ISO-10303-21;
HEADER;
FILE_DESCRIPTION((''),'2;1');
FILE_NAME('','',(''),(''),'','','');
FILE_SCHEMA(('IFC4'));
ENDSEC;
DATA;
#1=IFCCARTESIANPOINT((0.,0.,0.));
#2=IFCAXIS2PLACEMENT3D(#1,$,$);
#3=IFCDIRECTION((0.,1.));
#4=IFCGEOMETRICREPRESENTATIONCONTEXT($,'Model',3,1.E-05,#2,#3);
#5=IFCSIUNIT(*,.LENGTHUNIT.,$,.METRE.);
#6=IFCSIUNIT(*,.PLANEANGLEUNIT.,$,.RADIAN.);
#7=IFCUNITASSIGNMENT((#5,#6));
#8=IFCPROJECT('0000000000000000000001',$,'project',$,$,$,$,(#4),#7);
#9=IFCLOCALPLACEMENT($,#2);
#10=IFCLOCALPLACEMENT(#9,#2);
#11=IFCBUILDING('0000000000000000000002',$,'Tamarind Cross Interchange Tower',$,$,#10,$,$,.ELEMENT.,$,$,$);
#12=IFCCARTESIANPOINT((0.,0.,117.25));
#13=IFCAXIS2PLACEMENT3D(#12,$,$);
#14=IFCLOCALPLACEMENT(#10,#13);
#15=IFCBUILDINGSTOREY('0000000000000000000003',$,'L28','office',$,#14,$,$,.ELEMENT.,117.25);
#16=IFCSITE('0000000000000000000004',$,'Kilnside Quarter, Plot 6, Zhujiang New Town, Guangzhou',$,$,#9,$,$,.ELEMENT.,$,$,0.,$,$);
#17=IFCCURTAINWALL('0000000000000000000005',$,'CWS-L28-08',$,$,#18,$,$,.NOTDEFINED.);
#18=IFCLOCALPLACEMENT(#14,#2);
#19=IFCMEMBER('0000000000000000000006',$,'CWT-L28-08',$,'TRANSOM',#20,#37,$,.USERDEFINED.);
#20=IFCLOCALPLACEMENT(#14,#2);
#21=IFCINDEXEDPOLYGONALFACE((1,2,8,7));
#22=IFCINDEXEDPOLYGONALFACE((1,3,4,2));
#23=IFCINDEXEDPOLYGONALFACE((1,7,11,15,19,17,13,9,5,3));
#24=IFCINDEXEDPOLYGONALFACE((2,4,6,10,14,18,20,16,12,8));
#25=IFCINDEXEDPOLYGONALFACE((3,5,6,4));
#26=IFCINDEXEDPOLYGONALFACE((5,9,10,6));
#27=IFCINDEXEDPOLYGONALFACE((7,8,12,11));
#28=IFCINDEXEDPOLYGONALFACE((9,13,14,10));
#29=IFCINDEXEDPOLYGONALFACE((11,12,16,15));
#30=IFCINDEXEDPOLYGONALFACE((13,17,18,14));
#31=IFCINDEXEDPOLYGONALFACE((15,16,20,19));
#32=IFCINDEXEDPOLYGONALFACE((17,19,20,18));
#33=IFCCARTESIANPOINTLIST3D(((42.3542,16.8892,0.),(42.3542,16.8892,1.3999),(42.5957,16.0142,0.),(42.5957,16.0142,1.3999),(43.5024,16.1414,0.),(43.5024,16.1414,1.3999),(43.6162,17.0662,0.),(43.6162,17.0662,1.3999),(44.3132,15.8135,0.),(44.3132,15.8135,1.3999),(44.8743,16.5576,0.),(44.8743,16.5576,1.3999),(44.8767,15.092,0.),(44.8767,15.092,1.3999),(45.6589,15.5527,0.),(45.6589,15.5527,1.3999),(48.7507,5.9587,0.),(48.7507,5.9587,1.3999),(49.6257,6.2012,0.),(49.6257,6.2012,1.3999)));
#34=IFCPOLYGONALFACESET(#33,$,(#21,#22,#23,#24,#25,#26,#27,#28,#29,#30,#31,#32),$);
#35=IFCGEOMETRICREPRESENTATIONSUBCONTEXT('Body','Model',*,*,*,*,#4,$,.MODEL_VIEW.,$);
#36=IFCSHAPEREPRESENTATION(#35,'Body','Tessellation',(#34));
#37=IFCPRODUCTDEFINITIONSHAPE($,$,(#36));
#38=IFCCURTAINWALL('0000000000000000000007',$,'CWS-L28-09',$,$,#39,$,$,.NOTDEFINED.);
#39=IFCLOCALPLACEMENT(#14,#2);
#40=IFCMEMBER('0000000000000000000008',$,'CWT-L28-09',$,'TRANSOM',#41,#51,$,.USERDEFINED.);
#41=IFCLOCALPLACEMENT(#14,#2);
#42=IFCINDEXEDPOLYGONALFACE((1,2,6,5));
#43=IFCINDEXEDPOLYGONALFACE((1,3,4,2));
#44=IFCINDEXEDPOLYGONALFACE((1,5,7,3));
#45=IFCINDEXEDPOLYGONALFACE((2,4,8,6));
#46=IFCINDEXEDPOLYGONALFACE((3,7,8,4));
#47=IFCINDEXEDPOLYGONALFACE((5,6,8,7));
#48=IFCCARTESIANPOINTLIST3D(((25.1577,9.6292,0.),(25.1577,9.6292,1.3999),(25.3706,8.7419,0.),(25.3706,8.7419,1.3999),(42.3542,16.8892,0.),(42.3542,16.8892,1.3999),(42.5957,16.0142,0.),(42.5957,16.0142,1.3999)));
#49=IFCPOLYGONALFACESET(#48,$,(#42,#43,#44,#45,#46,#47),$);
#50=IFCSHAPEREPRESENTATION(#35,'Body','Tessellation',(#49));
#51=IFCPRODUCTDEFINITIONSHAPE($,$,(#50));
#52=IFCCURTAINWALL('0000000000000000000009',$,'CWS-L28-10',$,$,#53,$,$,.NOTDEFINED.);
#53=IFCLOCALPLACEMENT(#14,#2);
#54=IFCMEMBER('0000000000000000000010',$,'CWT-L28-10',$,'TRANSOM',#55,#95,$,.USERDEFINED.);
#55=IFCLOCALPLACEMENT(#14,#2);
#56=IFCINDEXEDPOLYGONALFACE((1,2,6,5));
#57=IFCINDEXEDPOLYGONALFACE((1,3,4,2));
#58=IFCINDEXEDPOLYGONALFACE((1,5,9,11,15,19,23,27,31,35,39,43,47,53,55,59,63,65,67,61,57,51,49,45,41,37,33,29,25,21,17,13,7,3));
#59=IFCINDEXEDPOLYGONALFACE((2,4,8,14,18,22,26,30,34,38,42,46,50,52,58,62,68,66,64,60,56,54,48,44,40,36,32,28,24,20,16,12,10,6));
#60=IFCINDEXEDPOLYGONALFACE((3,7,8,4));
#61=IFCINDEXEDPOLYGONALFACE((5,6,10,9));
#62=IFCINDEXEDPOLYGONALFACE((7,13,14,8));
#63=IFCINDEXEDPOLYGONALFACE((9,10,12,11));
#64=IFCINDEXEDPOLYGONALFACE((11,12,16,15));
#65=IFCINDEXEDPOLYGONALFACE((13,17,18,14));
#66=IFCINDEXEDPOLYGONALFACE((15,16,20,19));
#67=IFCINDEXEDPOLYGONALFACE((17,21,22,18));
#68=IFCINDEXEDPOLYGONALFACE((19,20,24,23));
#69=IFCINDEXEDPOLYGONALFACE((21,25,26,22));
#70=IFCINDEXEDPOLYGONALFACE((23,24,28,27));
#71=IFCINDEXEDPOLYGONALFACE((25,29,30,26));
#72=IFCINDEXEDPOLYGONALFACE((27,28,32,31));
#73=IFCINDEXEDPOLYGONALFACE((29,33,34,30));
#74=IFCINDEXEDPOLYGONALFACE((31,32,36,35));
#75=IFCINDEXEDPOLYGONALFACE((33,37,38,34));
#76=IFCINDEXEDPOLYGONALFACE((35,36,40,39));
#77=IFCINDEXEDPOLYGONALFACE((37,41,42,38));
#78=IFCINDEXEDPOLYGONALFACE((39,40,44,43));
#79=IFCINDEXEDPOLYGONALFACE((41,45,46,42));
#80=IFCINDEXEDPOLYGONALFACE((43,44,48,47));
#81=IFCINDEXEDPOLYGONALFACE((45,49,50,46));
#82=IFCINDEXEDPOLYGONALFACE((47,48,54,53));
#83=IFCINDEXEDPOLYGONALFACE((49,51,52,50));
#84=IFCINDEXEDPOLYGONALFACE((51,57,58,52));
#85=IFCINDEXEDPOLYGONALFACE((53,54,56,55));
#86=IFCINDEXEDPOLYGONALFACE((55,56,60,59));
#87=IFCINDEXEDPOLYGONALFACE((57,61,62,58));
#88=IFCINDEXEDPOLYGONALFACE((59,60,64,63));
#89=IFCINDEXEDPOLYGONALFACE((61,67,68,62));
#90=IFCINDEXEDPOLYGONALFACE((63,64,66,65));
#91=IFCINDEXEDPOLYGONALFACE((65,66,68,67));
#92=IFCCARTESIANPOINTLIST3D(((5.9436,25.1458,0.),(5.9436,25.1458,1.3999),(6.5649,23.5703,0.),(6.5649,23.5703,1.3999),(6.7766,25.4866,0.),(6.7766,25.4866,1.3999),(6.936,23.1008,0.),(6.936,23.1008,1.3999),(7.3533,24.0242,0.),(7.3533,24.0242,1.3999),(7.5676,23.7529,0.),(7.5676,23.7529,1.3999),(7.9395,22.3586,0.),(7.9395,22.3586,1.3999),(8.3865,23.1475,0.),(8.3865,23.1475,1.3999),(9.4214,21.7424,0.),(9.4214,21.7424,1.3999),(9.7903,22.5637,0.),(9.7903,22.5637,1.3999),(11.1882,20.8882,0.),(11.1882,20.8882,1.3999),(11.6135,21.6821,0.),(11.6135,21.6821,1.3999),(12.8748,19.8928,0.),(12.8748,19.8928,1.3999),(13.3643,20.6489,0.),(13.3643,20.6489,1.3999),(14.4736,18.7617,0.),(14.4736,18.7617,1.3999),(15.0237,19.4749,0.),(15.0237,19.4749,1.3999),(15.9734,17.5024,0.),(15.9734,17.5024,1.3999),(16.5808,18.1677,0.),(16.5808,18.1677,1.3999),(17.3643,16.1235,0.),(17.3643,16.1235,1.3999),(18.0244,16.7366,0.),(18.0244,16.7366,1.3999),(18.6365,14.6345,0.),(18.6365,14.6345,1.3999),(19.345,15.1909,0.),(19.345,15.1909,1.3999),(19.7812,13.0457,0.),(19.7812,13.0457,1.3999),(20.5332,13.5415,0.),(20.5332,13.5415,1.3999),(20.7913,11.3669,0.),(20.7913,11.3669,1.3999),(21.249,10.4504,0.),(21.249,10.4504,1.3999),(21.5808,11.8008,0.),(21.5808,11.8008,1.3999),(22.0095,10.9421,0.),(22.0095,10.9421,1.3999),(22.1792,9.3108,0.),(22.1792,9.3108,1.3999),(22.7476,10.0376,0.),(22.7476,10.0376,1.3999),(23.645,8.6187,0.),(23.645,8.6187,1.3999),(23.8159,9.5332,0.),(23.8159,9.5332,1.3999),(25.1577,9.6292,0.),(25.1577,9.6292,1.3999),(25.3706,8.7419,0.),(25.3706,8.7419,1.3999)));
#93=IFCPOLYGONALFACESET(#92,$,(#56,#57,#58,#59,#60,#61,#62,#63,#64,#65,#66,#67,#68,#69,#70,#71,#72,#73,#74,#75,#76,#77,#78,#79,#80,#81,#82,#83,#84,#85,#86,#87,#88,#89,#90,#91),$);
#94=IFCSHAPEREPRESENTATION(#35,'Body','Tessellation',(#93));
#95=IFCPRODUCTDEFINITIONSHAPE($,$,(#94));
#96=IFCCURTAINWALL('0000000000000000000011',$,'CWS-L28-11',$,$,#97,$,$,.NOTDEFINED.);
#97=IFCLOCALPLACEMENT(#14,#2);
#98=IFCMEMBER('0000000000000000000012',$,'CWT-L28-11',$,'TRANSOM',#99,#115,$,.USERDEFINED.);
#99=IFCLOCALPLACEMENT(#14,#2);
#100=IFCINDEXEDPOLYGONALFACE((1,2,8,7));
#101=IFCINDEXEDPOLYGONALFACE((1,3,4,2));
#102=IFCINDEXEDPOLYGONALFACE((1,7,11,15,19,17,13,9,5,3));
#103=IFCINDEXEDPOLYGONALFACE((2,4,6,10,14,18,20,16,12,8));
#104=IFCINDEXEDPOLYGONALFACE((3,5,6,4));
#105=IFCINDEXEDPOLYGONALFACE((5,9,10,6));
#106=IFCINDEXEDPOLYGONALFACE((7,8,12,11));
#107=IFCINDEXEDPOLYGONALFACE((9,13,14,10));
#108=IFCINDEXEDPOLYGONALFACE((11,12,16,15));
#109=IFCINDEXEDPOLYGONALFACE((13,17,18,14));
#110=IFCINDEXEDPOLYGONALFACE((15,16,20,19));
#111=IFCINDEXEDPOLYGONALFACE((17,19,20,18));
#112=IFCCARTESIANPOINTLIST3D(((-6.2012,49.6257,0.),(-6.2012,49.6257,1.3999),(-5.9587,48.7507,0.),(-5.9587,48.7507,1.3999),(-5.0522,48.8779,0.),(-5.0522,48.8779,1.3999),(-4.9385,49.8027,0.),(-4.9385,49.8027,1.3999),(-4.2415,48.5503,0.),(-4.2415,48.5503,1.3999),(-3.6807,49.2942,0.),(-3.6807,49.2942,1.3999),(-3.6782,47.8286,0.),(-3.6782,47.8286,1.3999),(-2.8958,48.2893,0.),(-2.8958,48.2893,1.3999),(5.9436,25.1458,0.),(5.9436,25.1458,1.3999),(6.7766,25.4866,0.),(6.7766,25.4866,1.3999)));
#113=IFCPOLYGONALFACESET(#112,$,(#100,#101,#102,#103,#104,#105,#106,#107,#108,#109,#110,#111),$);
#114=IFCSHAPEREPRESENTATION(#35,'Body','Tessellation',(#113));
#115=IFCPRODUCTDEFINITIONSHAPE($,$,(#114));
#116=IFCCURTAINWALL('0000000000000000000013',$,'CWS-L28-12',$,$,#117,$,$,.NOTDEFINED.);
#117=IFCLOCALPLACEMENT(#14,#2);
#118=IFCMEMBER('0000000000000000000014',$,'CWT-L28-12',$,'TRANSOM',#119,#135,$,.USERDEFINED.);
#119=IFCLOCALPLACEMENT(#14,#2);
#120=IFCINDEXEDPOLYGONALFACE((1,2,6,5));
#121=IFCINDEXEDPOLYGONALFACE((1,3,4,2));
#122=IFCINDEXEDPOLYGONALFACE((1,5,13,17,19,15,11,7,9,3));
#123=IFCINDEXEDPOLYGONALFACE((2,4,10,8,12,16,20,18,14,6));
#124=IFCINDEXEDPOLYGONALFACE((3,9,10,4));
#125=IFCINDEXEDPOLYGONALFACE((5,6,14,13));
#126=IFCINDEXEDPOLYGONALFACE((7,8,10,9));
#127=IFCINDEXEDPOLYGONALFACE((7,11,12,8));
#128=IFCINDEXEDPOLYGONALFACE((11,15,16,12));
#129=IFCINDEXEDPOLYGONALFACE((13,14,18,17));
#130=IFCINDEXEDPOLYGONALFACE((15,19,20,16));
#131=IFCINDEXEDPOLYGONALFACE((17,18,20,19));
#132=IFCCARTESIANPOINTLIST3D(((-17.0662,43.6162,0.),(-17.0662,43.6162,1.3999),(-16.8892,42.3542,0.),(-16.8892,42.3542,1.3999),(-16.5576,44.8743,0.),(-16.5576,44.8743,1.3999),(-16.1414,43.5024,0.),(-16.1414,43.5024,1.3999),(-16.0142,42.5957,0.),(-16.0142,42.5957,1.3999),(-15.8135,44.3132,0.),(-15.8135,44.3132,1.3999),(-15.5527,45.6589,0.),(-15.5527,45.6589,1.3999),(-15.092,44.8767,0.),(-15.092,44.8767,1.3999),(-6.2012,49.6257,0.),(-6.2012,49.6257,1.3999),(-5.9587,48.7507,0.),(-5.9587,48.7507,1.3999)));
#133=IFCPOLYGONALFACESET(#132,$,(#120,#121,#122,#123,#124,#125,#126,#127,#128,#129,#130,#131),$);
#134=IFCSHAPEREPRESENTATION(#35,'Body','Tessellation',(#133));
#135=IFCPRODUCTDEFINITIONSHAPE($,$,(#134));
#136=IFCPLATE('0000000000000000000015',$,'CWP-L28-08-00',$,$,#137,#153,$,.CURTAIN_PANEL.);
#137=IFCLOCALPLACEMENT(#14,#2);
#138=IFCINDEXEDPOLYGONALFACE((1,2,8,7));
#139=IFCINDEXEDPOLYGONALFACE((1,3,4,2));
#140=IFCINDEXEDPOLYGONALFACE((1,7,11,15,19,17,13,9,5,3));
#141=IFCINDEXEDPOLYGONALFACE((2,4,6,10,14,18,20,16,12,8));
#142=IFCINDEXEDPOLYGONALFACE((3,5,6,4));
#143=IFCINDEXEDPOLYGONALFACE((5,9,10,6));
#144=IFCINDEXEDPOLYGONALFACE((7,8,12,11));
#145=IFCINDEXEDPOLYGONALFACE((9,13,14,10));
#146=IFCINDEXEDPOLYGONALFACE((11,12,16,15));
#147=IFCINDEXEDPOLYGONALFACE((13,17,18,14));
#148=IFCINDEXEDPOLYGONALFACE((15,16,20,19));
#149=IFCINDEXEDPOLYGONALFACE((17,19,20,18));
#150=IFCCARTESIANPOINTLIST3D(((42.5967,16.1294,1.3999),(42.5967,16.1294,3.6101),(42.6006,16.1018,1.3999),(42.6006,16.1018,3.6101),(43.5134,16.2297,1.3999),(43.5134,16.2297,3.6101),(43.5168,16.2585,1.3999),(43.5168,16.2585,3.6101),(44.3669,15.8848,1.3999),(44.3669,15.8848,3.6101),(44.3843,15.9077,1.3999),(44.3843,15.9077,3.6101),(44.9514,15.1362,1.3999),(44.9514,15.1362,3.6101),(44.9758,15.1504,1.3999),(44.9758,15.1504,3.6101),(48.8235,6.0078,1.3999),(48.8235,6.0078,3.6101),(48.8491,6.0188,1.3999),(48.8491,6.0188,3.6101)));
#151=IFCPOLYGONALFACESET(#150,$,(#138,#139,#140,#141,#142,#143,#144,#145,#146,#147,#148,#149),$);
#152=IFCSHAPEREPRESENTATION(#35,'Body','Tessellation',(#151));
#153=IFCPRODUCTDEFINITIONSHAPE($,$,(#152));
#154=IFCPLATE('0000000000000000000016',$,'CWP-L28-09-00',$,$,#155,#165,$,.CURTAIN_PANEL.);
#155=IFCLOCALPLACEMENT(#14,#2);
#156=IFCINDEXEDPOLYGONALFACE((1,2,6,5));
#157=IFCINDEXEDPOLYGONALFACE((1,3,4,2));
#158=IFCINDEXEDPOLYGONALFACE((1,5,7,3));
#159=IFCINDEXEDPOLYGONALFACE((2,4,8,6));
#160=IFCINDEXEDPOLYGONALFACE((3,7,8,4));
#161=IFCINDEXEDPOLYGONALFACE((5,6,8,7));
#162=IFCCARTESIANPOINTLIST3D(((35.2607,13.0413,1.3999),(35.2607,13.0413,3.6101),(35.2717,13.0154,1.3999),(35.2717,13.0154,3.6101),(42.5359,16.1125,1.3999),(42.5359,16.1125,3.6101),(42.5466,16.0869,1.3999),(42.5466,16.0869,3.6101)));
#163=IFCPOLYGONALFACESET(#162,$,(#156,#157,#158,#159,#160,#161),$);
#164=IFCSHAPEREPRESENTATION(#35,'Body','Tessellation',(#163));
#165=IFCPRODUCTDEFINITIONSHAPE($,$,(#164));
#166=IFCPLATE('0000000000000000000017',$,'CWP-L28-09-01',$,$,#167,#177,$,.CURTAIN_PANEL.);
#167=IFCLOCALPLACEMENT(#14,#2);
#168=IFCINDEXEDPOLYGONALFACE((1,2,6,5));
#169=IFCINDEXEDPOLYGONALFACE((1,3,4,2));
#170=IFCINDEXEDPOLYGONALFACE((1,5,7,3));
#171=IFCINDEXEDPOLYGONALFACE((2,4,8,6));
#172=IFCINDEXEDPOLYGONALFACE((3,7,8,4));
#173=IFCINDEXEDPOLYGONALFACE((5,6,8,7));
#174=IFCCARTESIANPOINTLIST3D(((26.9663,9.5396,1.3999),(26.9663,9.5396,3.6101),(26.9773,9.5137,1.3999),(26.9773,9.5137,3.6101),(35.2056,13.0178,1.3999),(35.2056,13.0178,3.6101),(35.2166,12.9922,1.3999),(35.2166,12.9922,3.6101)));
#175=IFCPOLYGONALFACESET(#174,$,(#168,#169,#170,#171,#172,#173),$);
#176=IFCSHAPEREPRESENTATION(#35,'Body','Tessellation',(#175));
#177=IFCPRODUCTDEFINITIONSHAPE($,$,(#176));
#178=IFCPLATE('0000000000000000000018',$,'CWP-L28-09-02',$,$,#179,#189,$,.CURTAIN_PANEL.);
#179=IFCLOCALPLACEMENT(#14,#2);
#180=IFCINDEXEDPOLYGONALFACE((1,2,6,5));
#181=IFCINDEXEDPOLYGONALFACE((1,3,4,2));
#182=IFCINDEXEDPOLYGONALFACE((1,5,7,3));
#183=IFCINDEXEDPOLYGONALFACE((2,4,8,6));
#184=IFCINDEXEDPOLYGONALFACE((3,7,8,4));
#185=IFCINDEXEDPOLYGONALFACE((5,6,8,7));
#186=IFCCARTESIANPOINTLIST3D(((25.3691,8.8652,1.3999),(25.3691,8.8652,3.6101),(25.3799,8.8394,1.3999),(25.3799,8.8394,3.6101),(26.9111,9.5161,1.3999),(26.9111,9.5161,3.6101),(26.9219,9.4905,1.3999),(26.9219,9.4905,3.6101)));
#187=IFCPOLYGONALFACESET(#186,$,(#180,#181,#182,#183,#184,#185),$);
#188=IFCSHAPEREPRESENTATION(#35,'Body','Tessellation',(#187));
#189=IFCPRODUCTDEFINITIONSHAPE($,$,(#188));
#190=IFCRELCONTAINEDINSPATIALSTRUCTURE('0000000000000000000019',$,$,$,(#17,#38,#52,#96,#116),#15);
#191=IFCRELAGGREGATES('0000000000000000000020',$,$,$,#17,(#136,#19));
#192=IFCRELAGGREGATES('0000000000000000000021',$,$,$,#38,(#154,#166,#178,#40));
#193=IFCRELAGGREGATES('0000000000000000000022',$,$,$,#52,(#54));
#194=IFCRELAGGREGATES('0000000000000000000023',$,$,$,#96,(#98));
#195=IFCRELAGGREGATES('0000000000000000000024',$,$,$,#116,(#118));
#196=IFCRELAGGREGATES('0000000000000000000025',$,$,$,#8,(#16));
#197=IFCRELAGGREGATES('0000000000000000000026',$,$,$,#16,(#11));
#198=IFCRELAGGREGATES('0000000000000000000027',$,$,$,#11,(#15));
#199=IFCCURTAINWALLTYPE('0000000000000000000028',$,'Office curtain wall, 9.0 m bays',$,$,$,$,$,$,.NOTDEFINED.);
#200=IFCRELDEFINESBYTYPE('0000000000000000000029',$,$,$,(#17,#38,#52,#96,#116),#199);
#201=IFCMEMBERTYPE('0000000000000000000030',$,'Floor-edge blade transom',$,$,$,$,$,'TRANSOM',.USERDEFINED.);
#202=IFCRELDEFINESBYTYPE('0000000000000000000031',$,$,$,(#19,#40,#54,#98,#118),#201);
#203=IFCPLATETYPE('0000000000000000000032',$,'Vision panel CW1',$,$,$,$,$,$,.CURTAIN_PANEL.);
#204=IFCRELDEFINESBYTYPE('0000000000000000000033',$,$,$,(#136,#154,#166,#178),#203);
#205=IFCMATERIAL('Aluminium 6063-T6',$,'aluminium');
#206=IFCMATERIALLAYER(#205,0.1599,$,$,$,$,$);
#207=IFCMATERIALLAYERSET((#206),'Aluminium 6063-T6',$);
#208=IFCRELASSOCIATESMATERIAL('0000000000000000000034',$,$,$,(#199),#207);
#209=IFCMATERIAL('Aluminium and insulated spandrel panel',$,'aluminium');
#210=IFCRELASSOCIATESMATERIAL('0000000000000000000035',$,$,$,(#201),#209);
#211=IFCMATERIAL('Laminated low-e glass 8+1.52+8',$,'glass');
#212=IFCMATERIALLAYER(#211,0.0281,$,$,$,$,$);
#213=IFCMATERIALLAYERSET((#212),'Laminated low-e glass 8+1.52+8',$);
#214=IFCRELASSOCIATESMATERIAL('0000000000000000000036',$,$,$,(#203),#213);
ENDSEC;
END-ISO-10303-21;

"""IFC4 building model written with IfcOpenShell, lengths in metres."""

from ifc_helpers import new_model, si_unit, direction, frame, origin, place, context, subcontext, project, spatial, polyline, outline, extrude, material, layer, layer_set, type_object, element, aggregate, save


model = new_model("IFC4")

# Units and contexts
model_context = context("Model", 3, precision=1e-05, world=origin(), true_north=direction((0.0, 1.0)))
body_context = subcontext(model_context, "Body", "Model", "MODEL_VIEW")
ifc_project = project(units=[si_unit("LENGTHUNIT", "METRE"), si_unit("PLANEANGLEUNIT", "RADIAN")], contexts=[model_context])

# Site, building, storey
site_placement = place(None, origin())
site = spatial("IfcSite", under=ifc_project, at=site_placement, Name="Kilnside Quarter, Plot 6, Zhujiang New Town, Guangzhou", CompositionType="ELEMENT", RefElevation=0.0)
building_placement = place(site_placement, origin())
building = spatial("IfcBuilding", under=site, at=building_placement, Name="Tamarind Cross Interchange Tower", CompositionType="ELEMENT")
storey_placement = place(building_placement, frame((0.0, 0.0, 117.25)))
storey = spatial("IfcBuildingStorey", under=building, at=storey_placement, Name="L28", Description="office", CompositionType="ELEMENT", Elevation=117.25)

# Curtain walls, members
ifc_material_1 = material(Name="Aluminium 6063-T6", Category="aluminium")
ifc_layer_1 = layer(ifc_material_1, 0.1599)
ifc_layer_set_1 = layer_set([ifc_layer_1], Name="Aluminium 6063-T6")
curtain_wall_type = type_object("IfcCurtainWallType", Name="Office curtain wall, 9.0 m bays", PredefinedType="NOTDEFINED", material=ifc_layer_set_1)
curtain_wall_1_placement = place(storey_placement, origin())
curtain_wall_1 = element("IfcCurtainWall", 1, at=curtain_wall_1_placement, inside=storey, type_object=curtain_wall_type, Name="CWS-L28-08", PredefinedType="NOTDEFINED")
ifc_material_2 = material(Name="Aluminium and insulated spandrel panel", Category="aluminium")
member_type = type_object("IfcMemberType", Name="Floor-edge blade transom", ElementType="TRANSOM", PredefinedType="USERDEFINED", material=ifc_material_2)
member_1_placement = place(storey_placement, origin())
member_1 = element("IfcMember", 2, at=member_1_placement, type_object=member_type, Name="CWT-L28-08", ObjectType="TRANSOM", PredefinedType="USERDEFINED", context=body_context, shape_type="SweptSolid", body=[
    extrude(outline(polyline([(48.7507, 5.9587), (44.8767, 15.092), (44.3132, 15.8135), (43.5024, 16.1414), (42.5957, 16.0142), (42.3542, 16.8892), (43.6162, 17.0662), (44.8743, 16.5576), (45.6589, 15.5527), (49.6257, 6.2012), (48.7507, 5.9587)])), origin(), (0.0, 0.0, 1.0), 1.3999),
])
curtain_wall_2_placement = place(storey_placement, origin())
curtain_wall_2 = element("IfcCurtainWall", 3, at=curtain_wall_2_placement, inside=storey, type_object=curtain_wall_type, Name="CWS-L28-09", PredefinedType="NOTDEFINED")
member_2_placement = place(storey_placement, origin())
member_2 = element("IfcMember", 4, at=member_2_placement, type_object=member_type, Name="CWT-L28-09", ObjectType="TRANSOM", PredefinedType="USERDEFINED", context=body_context, shape_type="SweptSolid", body=[
    extrude(outline(polyline([(42.5957, 16.0142), (25.3706, 8.7419), (25.1577, 9.6292), (42.3542, 16.8892), (42.5957, 16.0142)])), origin(), (0.0, 0.0, 1.0), 1.3999),
])
curtain_wall_3_placement = place(storey_placement, origin())
curtain_wall_3 = element("IfcCurtainWall", 5, at=curtain_wall_3_placement, inside=storey, type_object=curtain_wall_type, Name="CWS-L28-10", PredefinedType="NOTDEFINED")
member_3_placement = place(storey_placement, origin())
member_3 = element("IfcMember", 6, at=member_3_placement, type_object=member_type, Name="CWT-L28-10", ObjectType="TRANSOM", PredefinedType="USERDEFINED", context=body_context, shape_type="SweptSolid", body=[
    extrude(outline(polyline([(25.3706, 8.7419), (23.645, 8.6187), (22.1792, 9.3108), (21.249, 10.4504), (20.7913, 11.3669), (19.7812, 13.0457), (18.6365, 14.6345), (17.3643, 16.1235), (15.9734, 17.5024), (14.4736, 18.7617), (12.8748, 19.8928), (11.1882, 20.8882), (9.4214, 21.7424), (7.9395, 22.3586), (6.936, 23.1008), (6.5649, 23.5703), (5.9436, 25.1458), (6.7766, 25.4866), (7.3533, 24.0242), (7.5676, 23.7529), (8.3865, 23.1475), (9.7903, 22.5637), (11.6135, 21.6821), (13.3643, 20.6489), (15.0237, 19.4749), (16.5808, 18.1677), (18.0244, 16.7366), (19.345, 15.1909), (20.5332, 13.5415), (21.5808, 11.8008), (22.0095, 10.9421), (22.7476, 10.0376), (23.8159, 9.5332), (25.1577, 9.6292), (25.3706, 8.7419)])), origin(), (0.0, 0.0, 1.0), 1.3999),
])
curtain_wall_4_placement = place(storey_placement, origin())
curtain_wall_4 = element("IfcCurtainWall", 7, at=curtain_wall_4_placement, inside=storey, type_object=curtain_wall_type, Name="CWS-L28-11", PredefinedType="NOTDEFINED")
member_4_placement = place(storey_placement, origin())
member_4 = element("IfcMember", 8, at=member_4_placement, type_object=member_type, Name="CWT-L28-11", ObjectType="TRANSOM", PredefinedType="USERDEFINED", context=body_context, shape_type="SweptSolid", body=[
    extrude(outline(polyline([(5.9436, 25.1458), (-3.6782, 47.8286), (-4.2415, 48.5503), (-5.0522, 48.8779), (-5.9587, 48.7507), (-6.2012, 49.6257), (-4.9385, 49.8027), (-3.6807, 49.2942), (-2.8958, 48.2893), (6.7766, 25.4866), (5.9436, 25.1458)])), origin(), (0.0, 0.0, 1.0), 1.3999),
])
curtain_wall_5_placement = place(storey_placement, origin())
curtain_wall_5 = element("IfcCurtainWall", 9, at=curtain_wall_5_placement, inside=storey, type_object=curtain_wall_type, Name="CWS-L28-12", PredefinedType="NOTDEFINED")
member_5_placement = place(storey_placement, origin())
member_5 = element("IfcMember", 10, at=member_5_placement, type_object=member_type, Name="CWT-L28-12", ObjectType="TRANSOM", PredefinedType="USERDEFINED", context=body_context, shape_type="SweptSolid", body=[
    extrude(outline(polyline([(-5.9587, 48.7507), (-15.092, 44.8767), (-15.8135, 44.3132), (-16.1414, 43.5024), (-16.0142, 42.5957), (-16.8892, 42.3542), (-17.0662, 43.6162), (-16.5576, 44.8743), (-15.5527, 45.6589), (-6.2012, 49.6257), (-5.9587, 48.7507)])), origin(), (0.0, 0.0, 1.0), 1.3999),
])

# Plates
ifc_material_3 = material(Name="Laminated low-e glass 8+1.52+8", Category="glass")
ifc_layer_2 = layer(ifc_material_3, 0.0281)
ifc_layer_set_2 = layer_set([ifc_layer_2], Name="Laminated low-e glass 8+1.52+8")
plate_type = type_object("IfcPlateType", Name="Vision panel CW1", PredefinedType="CURTAIN_PANEL", material=ifc_layer_set_2)
plate_1_placement = place(storey_placement, frame((0.0, 0.0, 1.3999)))
plate_1 = element("IfcPlate", 11, at=plate_1_placement, type_object=plate_type, Name="CWP-L28-08-00", PredefinedType="CURTAIN_PANEL", context=body_context, shape_type="SweptSolid", body=[
    extrude(outline(polyline([(48.8235, 6.0078), (44.9514, 15.1362), (44.3669, 15.8848), (43.5134, 16.2297), (42.6006, 16.1018), (42.5967, 16.1294), (43.5168, 16.2585), (44.3843, 15.9077), (44.9758, 15.1504), (48.8491, 6.0188), (48.8235, 6.0078)])), origin(), (0.0, 0.0, 1.0), 2.2102),
])
aggregate(curtain_wall_1, [plate_1, member_1])
plate_2_placement = place(storey_placement, frame((0.0, 0.0, 1.3999)))
plate_2 = element("IfcPlate", 12, at=plate_2_placement, type_object=plate_type, Name="CWP-L28-09-00", PredefinedType="CURTAIN_PANEL", context=body_context, shape_type="SweptSolid", body=[
    extrude(outline(polyline([(42.5466, 16.0869), (35.2717, 13.0154), (35.2607, 13.0413), (42.5359, 16.1125), (42.5466, 16.0869)])), origin(), (0.0, 0.0, 1.0), 2.2102),
])
plate_3_placement = place(storey_placement, frame((0.0, 0.0, 1.3999)))
plate_3 = element("IfcPlate", 13, at=plate_3_placement, type_object=plate_type, Name="CWP-L28-09-01", PredefinedType="CURTAIN_PANEL", context=body_context, shape_type="SweptSolid", body=[
    extrude(outline(polyline([(35.2166, 12.9922), (26.9773, 9.5137), (26.9663, 9.5396), (35.2056, 13.0178), (35.2166, 12.9922)])), origin(), (0.0, 0.0, 1.0), 2.2102),
])
plate_4_placement = place(storey_placement, frame((0.0, 0.0, 1.3999)))
plate_4 = element("IfcPlate", 14, at=plate_4_placement, type_object=plate_type, Name="CWP-L28-09-02", PredefinedType="CURTAIN_PANEL", context=body_context, shape_type="SweptSolid", body=[
    extrude(outline(polyline([(26.9219, 9.4905), (25.3799, 8.8394), (25.3691, 8.8652), (26.9111, 9.5161), (26.9219, 9.4905)])), origin(), (0.0, 0.0, 1.0), 2.2102),
])
aggregate(curtain_wall_2, [plate_2, plate_3, plate_4, member_2])
aggregate(curtain_wall_3, [member_3])
aggregate(curtain_wall_4, [member_4])
aggregate(curtain_wall_5, [member_5])

save(model, "model.ifc")
